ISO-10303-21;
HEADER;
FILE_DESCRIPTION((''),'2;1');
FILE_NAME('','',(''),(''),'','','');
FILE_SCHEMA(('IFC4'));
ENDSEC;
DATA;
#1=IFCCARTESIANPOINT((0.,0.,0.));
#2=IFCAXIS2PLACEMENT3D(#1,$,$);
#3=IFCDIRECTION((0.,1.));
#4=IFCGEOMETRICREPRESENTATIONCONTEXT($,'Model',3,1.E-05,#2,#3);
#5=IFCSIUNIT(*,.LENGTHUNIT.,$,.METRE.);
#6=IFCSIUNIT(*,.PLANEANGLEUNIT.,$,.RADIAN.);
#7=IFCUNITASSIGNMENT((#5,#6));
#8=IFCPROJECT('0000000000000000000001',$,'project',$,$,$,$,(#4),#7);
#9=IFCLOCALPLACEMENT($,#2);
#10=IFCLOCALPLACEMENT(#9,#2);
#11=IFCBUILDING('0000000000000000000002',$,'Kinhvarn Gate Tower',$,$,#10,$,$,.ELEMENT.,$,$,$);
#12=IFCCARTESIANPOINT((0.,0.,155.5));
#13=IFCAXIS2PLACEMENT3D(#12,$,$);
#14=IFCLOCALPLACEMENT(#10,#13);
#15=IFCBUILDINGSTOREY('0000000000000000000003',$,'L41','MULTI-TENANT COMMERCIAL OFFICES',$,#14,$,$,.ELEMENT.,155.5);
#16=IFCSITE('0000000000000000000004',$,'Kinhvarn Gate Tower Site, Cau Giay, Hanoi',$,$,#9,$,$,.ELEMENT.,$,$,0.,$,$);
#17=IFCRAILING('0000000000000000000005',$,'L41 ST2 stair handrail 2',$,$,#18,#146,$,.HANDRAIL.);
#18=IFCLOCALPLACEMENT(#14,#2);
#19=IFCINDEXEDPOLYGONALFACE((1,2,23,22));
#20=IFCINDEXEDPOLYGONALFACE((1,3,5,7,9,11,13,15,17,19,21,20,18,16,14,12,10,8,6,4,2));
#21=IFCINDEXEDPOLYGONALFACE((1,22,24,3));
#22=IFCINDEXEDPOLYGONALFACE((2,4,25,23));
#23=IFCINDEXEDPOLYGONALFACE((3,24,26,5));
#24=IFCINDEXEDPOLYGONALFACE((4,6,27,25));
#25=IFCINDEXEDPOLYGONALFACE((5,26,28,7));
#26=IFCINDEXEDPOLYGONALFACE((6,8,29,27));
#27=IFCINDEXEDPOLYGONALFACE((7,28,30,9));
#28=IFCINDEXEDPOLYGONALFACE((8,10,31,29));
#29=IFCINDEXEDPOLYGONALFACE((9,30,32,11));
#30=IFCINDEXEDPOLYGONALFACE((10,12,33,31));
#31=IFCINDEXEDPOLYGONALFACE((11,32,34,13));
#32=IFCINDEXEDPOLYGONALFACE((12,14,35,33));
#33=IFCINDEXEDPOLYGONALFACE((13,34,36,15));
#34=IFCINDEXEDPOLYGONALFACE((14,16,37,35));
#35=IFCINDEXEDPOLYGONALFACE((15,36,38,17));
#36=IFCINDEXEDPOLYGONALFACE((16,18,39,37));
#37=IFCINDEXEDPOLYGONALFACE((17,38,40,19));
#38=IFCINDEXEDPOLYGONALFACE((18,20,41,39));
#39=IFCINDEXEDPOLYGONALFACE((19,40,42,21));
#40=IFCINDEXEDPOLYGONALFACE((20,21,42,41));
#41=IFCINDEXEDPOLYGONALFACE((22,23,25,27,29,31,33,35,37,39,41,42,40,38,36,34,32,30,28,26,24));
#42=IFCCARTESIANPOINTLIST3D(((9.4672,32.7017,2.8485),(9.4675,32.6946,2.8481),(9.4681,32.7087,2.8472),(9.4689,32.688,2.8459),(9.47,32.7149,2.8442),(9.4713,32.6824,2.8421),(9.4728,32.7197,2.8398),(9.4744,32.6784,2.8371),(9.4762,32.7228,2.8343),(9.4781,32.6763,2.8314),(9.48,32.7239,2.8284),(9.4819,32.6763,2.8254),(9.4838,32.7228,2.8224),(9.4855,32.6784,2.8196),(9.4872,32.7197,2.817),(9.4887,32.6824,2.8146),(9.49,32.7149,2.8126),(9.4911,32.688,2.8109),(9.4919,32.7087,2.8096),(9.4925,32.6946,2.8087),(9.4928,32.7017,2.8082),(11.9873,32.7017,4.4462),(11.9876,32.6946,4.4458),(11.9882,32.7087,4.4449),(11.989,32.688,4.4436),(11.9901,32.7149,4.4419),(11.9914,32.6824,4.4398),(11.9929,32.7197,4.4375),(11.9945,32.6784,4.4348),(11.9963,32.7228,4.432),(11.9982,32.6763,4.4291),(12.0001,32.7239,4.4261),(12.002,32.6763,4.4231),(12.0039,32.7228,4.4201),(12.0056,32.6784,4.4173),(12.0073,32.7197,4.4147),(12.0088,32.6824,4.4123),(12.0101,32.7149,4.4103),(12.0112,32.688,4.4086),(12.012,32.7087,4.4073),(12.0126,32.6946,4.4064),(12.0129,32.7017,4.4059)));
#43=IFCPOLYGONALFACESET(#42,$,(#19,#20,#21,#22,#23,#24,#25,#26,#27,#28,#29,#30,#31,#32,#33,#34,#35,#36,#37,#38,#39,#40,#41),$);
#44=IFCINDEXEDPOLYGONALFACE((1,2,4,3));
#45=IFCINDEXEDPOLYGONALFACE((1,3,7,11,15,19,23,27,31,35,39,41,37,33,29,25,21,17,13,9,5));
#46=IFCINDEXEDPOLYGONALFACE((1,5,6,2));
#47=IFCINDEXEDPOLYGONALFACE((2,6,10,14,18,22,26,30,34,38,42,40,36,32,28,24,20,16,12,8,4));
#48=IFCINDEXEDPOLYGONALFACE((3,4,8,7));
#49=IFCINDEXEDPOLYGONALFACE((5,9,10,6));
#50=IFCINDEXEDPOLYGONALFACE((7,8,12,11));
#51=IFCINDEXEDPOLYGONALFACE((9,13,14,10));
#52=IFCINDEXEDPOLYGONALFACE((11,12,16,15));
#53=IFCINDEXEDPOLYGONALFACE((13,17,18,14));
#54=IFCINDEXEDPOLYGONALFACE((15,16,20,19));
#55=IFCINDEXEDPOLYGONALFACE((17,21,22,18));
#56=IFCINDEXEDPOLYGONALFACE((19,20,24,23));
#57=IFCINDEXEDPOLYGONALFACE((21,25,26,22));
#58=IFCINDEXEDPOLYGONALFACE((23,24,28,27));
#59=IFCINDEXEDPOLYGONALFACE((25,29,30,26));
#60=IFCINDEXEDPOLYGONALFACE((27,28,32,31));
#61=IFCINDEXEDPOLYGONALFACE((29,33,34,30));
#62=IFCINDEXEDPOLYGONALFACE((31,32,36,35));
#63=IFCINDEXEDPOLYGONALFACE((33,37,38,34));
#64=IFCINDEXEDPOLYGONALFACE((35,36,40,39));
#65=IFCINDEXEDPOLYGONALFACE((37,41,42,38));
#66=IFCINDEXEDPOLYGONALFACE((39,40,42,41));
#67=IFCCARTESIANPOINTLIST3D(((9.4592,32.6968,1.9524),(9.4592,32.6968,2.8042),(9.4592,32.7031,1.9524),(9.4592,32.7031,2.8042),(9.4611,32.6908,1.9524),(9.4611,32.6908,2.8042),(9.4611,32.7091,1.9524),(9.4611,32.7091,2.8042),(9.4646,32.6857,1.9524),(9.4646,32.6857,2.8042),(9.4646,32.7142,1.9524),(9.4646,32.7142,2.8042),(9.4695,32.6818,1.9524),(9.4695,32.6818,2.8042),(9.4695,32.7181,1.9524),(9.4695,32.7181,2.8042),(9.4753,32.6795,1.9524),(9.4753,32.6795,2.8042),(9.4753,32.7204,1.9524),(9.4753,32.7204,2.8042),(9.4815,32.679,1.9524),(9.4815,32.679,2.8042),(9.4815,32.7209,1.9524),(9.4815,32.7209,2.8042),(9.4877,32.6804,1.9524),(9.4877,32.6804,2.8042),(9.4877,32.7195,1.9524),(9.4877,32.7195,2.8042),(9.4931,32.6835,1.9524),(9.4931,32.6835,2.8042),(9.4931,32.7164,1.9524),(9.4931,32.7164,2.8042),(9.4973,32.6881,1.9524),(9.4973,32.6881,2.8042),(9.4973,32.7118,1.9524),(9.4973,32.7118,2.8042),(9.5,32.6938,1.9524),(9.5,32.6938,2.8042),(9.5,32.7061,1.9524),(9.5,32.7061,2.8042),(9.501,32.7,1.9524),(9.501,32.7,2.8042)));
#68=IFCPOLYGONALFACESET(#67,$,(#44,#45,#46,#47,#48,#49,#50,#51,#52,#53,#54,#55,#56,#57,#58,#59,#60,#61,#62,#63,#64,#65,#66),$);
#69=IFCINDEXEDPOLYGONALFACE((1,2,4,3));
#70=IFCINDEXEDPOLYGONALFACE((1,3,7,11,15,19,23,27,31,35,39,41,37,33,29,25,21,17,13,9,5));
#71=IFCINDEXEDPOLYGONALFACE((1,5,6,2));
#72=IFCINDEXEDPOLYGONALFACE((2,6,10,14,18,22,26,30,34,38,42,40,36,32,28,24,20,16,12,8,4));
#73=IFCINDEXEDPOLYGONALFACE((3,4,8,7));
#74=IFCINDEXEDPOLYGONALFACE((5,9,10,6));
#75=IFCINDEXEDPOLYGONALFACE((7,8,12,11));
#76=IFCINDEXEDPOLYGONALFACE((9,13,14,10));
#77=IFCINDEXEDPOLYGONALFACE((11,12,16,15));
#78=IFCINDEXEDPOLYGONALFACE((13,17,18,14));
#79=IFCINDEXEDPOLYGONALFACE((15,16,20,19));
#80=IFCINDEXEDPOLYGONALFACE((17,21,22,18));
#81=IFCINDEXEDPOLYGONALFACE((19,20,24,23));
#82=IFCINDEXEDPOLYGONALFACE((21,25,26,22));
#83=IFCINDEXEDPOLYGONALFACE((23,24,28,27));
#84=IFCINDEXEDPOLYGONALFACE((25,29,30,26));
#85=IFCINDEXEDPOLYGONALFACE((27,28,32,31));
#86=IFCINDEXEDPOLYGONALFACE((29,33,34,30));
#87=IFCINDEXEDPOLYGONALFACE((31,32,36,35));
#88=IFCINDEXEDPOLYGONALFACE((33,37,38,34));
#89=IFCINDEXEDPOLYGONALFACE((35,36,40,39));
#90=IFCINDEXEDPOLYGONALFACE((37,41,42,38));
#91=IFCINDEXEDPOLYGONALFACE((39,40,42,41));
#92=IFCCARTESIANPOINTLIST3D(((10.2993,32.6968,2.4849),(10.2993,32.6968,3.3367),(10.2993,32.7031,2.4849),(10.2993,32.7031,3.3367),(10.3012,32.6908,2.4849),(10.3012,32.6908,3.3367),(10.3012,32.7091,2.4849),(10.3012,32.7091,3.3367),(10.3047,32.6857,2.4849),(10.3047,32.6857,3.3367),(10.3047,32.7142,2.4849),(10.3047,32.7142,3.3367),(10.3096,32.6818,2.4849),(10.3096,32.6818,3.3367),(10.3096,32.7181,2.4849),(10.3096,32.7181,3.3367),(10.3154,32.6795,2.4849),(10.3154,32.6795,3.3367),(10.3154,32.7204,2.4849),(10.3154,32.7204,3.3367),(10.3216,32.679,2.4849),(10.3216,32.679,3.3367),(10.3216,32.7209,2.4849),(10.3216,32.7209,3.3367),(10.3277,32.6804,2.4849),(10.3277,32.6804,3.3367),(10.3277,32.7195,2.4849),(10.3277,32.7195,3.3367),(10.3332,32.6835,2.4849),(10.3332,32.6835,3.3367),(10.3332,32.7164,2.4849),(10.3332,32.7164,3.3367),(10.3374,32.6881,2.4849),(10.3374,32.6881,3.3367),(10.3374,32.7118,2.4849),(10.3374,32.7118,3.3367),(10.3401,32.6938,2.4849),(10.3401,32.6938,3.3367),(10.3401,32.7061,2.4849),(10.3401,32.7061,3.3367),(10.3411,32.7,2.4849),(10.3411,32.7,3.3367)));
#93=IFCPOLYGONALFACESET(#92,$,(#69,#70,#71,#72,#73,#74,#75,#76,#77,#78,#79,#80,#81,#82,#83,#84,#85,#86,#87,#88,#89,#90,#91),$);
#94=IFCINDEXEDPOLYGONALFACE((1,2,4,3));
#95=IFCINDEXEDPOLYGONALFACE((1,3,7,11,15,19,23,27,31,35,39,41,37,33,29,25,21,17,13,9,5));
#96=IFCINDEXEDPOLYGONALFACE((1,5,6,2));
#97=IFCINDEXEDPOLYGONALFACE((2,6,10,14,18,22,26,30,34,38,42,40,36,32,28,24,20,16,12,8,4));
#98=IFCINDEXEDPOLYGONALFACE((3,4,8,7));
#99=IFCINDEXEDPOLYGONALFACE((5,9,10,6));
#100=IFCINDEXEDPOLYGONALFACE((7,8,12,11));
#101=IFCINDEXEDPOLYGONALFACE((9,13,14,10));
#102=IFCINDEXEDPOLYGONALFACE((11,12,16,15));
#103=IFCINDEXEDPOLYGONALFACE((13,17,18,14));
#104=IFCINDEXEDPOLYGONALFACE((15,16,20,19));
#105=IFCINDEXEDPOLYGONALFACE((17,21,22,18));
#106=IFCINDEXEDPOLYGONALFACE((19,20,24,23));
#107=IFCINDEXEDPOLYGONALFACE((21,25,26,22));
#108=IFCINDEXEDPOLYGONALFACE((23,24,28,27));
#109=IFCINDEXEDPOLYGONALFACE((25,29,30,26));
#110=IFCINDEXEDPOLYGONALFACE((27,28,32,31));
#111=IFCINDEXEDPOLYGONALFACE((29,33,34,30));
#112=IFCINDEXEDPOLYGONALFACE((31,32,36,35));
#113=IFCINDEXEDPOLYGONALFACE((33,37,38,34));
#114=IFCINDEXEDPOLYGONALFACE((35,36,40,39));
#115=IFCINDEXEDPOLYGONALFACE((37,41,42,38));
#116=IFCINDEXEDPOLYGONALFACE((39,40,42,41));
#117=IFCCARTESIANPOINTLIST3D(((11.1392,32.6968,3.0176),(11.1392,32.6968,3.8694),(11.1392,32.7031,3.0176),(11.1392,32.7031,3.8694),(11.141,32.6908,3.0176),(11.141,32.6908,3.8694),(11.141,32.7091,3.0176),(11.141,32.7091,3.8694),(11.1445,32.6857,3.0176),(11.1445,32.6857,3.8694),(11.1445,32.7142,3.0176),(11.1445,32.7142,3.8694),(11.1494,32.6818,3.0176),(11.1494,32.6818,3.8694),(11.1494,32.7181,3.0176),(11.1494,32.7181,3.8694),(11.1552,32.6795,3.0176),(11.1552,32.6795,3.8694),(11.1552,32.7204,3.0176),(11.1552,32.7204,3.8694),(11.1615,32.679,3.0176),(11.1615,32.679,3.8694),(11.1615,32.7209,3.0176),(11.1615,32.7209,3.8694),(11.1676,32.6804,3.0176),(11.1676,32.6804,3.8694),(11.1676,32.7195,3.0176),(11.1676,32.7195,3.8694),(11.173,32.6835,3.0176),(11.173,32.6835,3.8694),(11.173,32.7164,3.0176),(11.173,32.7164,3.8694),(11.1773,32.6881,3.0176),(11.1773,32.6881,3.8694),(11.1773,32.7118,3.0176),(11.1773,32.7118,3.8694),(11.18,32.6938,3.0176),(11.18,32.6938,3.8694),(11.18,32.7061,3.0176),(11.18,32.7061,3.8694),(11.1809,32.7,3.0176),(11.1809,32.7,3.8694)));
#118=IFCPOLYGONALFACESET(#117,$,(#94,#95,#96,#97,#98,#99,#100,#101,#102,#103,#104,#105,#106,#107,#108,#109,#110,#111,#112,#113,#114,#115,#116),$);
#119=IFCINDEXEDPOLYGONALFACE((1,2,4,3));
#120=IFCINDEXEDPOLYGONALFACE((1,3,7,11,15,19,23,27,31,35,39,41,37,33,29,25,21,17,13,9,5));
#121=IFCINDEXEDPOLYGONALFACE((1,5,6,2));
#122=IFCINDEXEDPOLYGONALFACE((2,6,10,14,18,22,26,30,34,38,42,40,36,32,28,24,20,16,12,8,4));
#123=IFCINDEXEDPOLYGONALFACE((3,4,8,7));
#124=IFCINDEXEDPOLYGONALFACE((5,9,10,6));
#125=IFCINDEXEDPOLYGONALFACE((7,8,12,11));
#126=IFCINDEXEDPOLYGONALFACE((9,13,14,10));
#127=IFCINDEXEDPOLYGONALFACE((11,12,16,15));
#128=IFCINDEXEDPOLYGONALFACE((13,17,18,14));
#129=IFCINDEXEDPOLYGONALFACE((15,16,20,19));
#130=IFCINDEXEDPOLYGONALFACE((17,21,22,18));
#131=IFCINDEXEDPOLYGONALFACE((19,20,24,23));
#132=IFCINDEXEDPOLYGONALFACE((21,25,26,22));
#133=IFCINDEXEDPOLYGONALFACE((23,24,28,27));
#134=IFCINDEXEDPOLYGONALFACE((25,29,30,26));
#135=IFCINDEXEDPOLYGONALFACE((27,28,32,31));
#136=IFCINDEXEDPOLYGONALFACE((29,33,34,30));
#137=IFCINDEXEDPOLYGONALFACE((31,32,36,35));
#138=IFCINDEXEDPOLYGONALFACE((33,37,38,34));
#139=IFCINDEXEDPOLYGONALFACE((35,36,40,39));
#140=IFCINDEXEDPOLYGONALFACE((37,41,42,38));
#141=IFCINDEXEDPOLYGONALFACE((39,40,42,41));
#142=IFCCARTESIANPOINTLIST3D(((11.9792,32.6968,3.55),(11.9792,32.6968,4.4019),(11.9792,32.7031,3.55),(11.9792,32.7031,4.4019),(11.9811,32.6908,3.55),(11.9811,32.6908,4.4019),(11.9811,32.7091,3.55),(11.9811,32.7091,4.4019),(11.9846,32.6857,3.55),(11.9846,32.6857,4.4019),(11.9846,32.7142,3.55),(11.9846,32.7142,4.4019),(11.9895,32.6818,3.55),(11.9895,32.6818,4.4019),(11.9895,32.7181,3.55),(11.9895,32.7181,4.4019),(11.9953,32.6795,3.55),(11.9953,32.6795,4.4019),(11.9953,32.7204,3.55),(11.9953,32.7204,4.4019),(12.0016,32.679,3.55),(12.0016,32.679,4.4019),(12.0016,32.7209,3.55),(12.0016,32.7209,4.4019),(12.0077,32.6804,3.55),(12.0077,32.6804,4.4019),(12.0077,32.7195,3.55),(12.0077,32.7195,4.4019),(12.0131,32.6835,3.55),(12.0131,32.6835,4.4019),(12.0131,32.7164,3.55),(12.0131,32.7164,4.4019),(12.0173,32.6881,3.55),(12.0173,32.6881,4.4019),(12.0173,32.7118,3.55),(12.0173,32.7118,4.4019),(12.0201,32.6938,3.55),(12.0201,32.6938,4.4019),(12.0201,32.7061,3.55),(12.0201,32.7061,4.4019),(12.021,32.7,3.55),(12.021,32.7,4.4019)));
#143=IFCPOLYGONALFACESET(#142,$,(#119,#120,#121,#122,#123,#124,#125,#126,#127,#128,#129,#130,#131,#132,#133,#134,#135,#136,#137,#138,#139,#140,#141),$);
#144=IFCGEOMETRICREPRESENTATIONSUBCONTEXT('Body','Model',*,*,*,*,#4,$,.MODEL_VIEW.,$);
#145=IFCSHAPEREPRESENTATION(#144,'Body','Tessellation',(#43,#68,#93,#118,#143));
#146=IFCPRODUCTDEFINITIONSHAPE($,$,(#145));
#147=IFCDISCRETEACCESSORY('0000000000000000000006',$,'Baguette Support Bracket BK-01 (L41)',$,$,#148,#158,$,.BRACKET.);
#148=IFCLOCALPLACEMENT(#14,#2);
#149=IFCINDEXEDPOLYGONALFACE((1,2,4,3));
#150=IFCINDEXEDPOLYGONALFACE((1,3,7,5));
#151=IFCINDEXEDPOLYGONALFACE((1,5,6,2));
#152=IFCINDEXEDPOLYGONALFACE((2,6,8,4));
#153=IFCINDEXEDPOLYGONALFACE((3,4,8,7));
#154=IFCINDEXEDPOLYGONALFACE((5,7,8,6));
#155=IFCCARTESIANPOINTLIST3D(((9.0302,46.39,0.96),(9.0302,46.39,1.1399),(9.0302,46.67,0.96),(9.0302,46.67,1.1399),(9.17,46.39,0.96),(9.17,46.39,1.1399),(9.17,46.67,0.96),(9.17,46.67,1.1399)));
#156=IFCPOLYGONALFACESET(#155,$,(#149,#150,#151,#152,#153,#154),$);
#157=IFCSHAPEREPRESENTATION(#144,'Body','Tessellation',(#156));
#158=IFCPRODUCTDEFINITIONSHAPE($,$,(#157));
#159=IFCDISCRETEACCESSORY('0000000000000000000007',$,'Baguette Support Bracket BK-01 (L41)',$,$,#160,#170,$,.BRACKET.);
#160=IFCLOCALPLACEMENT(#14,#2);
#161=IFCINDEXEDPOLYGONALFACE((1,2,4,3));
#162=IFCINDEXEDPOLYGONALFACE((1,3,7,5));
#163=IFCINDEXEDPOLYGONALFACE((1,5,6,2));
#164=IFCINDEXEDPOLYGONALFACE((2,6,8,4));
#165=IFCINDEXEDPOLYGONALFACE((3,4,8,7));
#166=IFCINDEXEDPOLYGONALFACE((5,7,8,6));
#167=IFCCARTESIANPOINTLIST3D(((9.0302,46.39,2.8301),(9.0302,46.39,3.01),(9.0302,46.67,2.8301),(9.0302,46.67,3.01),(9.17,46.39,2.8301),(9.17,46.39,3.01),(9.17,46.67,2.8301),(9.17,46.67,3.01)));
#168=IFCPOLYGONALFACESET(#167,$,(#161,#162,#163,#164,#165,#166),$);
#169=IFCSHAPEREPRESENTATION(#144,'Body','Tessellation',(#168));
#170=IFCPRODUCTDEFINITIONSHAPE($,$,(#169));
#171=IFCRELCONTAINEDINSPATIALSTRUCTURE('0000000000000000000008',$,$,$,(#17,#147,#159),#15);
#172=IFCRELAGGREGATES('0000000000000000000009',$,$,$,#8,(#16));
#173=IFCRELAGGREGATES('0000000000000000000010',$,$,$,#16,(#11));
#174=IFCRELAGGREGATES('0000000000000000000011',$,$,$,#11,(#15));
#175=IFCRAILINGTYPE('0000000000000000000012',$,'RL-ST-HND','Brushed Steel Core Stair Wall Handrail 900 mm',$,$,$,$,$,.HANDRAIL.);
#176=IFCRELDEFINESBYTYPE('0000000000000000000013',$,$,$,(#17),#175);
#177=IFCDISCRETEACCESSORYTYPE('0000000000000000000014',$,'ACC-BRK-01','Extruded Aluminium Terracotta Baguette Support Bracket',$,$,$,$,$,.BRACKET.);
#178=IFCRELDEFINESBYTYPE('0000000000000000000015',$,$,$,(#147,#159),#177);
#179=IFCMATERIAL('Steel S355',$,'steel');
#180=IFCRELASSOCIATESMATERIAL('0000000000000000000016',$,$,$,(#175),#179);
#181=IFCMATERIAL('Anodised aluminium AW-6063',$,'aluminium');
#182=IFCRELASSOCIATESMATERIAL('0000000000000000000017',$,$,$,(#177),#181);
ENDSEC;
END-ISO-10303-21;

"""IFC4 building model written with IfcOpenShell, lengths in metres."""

from ifc_helpers import new_model, si_unit, direction, frame, origin, origin_2d, place, context, subcontext, project, spatial, rectangle, circle, extrude, material, type_object, element, save


model = new_model("IFC4")

# Units and contexts
model_context = context("Model", 3, precision=1e-05, world=origin(), true_north=direction((0.0, 1.0)))
body_context = subcontext(model_context, "Body", "Model", "MODEL_VIEW")
ifc_project = project(units=[si_unit("LENGTHUNIT", "METRE"), si_unit("PLANEANGLEUNIT", "RADIAN")], contexts=[model_context])

# Site, building, storey
site_placement = place(None, origin())
site = spatial("IfcSite", under=ifc_project, at=site_placement, Name="Kinhvarn Gate Tower Site, Cau Giay, Hanoi", CompositionType="ELEMENT", RefElevation=0.0)
building_placement = place(site_placement, origin())
building = spatial("IfcBuilding", under=site, at=building_placement, Name="Kinhvarn Gate Tower", CompositionType="ELEMENT")
storey_placement = place(building_placement, frame((0.0, 0.0, 155.5)))
storey = spatial("IfcBuildingStorey", under=building, at=storey_placement, Name="L41", Description="MULTI-TENANT COMMERCIAL OFFICES", CompositionType="ELEMENT", Elevation=155.5)

# Shared definitions
ifc_material_1 = material(Name="Anodised aluminium AW-6063", Category="aluminium")

# Shared definitions
ifc_material_2 = material(Name="Steel S355", Category="steel")

# Railing
railing_type_1 = type_object("IfcRailingType", Name="RL-ST-HND", Description="Brushed Steel Core Stair Wall Handrail 900 mm", PredefinedType="HANDRAIL", material=ifc_material_2)
railing_1_placement = place(storey_placement, frame((9.48, 32.7, 1.9524)))
element("IfcRailing", 1, at=railing_1_placement, inside=storey, type_object=railing_type_1, Name="L41 ST2 stair handrail 2", PredefinedType="HANDRAIL", context=body_context, shape_type="SweptSolid", body=[
    extrude(circle(Radius=0.0239, at=origin_2d()), frame((0.0, 0.0, 0.876), z_axis=(0.84457, 0.0, 0.535445), x_axis=(0.0, 1.0, 0.0)), (0.0, 0.0, 1.0), 2.9839),
    extrude(circle(Radius=0.021, at=origin_2d()), origin(), (0.0, 0.0, 1.0), 0.8518),
    extrude(circle(Radius=0.021, at=origin_2d()), frame((0.8401, 0.0, 0.5325)), (0.0, 0.0, 1.0), 0.8518),
    extrude(circle(Radius=0.021, at=origin_2d()), frame((1.6799, 0.0, 1.0652)), (0.0, 0.0, 1.0), 0.8518),
    extrude(circle(Radius=0.021, at=origin_2d()), frame((2.52, 0.0, 1.5977)), (0.0, 0.0, 1.0), 0.8518),
])

# Discrete accessories
discrete_accessory_type = type_object("IfcDiscreteAccessoryType", Name="ACC-BRK-01", Description="Extruded Aluminium Terracotta Baguette Support Bracket", PredefinedType="BRACKET", material=ifc_material_1)
for number, where, z_axis, x_axis, name in (
    (2, (9.1001, 46.53, 0.96), (0.0, 0.0, 1.0), (-1.0, 0.0, 0.0), "Baguette Support Bracket BK-01 (L41)"),
    (3, (9.1001, 46.53, 2.8301), (0.0, 0.0, 1.0), (-1.0, 0.0, 0.0), "Baguette Support Bracket BK-01 (L41)"),
):
    element("IfcDiscreteAccessory", number, at=place(storey_placement, frame(where, z_axis=z_axis, x_axis=x_axis)), inside=storey, type_object=discrete_accessory_type, Name=name, PredefinedType="BRACKET", context=body_context, shape_type="SweptSolid", body=[
        extrude(rectangle(XDim=0.1399, YDim=0.28, at=origin_2d()), origin(), (0.0, 0.0, 1.0), 0.1799),
    ])

save(model, "model.ifc")
